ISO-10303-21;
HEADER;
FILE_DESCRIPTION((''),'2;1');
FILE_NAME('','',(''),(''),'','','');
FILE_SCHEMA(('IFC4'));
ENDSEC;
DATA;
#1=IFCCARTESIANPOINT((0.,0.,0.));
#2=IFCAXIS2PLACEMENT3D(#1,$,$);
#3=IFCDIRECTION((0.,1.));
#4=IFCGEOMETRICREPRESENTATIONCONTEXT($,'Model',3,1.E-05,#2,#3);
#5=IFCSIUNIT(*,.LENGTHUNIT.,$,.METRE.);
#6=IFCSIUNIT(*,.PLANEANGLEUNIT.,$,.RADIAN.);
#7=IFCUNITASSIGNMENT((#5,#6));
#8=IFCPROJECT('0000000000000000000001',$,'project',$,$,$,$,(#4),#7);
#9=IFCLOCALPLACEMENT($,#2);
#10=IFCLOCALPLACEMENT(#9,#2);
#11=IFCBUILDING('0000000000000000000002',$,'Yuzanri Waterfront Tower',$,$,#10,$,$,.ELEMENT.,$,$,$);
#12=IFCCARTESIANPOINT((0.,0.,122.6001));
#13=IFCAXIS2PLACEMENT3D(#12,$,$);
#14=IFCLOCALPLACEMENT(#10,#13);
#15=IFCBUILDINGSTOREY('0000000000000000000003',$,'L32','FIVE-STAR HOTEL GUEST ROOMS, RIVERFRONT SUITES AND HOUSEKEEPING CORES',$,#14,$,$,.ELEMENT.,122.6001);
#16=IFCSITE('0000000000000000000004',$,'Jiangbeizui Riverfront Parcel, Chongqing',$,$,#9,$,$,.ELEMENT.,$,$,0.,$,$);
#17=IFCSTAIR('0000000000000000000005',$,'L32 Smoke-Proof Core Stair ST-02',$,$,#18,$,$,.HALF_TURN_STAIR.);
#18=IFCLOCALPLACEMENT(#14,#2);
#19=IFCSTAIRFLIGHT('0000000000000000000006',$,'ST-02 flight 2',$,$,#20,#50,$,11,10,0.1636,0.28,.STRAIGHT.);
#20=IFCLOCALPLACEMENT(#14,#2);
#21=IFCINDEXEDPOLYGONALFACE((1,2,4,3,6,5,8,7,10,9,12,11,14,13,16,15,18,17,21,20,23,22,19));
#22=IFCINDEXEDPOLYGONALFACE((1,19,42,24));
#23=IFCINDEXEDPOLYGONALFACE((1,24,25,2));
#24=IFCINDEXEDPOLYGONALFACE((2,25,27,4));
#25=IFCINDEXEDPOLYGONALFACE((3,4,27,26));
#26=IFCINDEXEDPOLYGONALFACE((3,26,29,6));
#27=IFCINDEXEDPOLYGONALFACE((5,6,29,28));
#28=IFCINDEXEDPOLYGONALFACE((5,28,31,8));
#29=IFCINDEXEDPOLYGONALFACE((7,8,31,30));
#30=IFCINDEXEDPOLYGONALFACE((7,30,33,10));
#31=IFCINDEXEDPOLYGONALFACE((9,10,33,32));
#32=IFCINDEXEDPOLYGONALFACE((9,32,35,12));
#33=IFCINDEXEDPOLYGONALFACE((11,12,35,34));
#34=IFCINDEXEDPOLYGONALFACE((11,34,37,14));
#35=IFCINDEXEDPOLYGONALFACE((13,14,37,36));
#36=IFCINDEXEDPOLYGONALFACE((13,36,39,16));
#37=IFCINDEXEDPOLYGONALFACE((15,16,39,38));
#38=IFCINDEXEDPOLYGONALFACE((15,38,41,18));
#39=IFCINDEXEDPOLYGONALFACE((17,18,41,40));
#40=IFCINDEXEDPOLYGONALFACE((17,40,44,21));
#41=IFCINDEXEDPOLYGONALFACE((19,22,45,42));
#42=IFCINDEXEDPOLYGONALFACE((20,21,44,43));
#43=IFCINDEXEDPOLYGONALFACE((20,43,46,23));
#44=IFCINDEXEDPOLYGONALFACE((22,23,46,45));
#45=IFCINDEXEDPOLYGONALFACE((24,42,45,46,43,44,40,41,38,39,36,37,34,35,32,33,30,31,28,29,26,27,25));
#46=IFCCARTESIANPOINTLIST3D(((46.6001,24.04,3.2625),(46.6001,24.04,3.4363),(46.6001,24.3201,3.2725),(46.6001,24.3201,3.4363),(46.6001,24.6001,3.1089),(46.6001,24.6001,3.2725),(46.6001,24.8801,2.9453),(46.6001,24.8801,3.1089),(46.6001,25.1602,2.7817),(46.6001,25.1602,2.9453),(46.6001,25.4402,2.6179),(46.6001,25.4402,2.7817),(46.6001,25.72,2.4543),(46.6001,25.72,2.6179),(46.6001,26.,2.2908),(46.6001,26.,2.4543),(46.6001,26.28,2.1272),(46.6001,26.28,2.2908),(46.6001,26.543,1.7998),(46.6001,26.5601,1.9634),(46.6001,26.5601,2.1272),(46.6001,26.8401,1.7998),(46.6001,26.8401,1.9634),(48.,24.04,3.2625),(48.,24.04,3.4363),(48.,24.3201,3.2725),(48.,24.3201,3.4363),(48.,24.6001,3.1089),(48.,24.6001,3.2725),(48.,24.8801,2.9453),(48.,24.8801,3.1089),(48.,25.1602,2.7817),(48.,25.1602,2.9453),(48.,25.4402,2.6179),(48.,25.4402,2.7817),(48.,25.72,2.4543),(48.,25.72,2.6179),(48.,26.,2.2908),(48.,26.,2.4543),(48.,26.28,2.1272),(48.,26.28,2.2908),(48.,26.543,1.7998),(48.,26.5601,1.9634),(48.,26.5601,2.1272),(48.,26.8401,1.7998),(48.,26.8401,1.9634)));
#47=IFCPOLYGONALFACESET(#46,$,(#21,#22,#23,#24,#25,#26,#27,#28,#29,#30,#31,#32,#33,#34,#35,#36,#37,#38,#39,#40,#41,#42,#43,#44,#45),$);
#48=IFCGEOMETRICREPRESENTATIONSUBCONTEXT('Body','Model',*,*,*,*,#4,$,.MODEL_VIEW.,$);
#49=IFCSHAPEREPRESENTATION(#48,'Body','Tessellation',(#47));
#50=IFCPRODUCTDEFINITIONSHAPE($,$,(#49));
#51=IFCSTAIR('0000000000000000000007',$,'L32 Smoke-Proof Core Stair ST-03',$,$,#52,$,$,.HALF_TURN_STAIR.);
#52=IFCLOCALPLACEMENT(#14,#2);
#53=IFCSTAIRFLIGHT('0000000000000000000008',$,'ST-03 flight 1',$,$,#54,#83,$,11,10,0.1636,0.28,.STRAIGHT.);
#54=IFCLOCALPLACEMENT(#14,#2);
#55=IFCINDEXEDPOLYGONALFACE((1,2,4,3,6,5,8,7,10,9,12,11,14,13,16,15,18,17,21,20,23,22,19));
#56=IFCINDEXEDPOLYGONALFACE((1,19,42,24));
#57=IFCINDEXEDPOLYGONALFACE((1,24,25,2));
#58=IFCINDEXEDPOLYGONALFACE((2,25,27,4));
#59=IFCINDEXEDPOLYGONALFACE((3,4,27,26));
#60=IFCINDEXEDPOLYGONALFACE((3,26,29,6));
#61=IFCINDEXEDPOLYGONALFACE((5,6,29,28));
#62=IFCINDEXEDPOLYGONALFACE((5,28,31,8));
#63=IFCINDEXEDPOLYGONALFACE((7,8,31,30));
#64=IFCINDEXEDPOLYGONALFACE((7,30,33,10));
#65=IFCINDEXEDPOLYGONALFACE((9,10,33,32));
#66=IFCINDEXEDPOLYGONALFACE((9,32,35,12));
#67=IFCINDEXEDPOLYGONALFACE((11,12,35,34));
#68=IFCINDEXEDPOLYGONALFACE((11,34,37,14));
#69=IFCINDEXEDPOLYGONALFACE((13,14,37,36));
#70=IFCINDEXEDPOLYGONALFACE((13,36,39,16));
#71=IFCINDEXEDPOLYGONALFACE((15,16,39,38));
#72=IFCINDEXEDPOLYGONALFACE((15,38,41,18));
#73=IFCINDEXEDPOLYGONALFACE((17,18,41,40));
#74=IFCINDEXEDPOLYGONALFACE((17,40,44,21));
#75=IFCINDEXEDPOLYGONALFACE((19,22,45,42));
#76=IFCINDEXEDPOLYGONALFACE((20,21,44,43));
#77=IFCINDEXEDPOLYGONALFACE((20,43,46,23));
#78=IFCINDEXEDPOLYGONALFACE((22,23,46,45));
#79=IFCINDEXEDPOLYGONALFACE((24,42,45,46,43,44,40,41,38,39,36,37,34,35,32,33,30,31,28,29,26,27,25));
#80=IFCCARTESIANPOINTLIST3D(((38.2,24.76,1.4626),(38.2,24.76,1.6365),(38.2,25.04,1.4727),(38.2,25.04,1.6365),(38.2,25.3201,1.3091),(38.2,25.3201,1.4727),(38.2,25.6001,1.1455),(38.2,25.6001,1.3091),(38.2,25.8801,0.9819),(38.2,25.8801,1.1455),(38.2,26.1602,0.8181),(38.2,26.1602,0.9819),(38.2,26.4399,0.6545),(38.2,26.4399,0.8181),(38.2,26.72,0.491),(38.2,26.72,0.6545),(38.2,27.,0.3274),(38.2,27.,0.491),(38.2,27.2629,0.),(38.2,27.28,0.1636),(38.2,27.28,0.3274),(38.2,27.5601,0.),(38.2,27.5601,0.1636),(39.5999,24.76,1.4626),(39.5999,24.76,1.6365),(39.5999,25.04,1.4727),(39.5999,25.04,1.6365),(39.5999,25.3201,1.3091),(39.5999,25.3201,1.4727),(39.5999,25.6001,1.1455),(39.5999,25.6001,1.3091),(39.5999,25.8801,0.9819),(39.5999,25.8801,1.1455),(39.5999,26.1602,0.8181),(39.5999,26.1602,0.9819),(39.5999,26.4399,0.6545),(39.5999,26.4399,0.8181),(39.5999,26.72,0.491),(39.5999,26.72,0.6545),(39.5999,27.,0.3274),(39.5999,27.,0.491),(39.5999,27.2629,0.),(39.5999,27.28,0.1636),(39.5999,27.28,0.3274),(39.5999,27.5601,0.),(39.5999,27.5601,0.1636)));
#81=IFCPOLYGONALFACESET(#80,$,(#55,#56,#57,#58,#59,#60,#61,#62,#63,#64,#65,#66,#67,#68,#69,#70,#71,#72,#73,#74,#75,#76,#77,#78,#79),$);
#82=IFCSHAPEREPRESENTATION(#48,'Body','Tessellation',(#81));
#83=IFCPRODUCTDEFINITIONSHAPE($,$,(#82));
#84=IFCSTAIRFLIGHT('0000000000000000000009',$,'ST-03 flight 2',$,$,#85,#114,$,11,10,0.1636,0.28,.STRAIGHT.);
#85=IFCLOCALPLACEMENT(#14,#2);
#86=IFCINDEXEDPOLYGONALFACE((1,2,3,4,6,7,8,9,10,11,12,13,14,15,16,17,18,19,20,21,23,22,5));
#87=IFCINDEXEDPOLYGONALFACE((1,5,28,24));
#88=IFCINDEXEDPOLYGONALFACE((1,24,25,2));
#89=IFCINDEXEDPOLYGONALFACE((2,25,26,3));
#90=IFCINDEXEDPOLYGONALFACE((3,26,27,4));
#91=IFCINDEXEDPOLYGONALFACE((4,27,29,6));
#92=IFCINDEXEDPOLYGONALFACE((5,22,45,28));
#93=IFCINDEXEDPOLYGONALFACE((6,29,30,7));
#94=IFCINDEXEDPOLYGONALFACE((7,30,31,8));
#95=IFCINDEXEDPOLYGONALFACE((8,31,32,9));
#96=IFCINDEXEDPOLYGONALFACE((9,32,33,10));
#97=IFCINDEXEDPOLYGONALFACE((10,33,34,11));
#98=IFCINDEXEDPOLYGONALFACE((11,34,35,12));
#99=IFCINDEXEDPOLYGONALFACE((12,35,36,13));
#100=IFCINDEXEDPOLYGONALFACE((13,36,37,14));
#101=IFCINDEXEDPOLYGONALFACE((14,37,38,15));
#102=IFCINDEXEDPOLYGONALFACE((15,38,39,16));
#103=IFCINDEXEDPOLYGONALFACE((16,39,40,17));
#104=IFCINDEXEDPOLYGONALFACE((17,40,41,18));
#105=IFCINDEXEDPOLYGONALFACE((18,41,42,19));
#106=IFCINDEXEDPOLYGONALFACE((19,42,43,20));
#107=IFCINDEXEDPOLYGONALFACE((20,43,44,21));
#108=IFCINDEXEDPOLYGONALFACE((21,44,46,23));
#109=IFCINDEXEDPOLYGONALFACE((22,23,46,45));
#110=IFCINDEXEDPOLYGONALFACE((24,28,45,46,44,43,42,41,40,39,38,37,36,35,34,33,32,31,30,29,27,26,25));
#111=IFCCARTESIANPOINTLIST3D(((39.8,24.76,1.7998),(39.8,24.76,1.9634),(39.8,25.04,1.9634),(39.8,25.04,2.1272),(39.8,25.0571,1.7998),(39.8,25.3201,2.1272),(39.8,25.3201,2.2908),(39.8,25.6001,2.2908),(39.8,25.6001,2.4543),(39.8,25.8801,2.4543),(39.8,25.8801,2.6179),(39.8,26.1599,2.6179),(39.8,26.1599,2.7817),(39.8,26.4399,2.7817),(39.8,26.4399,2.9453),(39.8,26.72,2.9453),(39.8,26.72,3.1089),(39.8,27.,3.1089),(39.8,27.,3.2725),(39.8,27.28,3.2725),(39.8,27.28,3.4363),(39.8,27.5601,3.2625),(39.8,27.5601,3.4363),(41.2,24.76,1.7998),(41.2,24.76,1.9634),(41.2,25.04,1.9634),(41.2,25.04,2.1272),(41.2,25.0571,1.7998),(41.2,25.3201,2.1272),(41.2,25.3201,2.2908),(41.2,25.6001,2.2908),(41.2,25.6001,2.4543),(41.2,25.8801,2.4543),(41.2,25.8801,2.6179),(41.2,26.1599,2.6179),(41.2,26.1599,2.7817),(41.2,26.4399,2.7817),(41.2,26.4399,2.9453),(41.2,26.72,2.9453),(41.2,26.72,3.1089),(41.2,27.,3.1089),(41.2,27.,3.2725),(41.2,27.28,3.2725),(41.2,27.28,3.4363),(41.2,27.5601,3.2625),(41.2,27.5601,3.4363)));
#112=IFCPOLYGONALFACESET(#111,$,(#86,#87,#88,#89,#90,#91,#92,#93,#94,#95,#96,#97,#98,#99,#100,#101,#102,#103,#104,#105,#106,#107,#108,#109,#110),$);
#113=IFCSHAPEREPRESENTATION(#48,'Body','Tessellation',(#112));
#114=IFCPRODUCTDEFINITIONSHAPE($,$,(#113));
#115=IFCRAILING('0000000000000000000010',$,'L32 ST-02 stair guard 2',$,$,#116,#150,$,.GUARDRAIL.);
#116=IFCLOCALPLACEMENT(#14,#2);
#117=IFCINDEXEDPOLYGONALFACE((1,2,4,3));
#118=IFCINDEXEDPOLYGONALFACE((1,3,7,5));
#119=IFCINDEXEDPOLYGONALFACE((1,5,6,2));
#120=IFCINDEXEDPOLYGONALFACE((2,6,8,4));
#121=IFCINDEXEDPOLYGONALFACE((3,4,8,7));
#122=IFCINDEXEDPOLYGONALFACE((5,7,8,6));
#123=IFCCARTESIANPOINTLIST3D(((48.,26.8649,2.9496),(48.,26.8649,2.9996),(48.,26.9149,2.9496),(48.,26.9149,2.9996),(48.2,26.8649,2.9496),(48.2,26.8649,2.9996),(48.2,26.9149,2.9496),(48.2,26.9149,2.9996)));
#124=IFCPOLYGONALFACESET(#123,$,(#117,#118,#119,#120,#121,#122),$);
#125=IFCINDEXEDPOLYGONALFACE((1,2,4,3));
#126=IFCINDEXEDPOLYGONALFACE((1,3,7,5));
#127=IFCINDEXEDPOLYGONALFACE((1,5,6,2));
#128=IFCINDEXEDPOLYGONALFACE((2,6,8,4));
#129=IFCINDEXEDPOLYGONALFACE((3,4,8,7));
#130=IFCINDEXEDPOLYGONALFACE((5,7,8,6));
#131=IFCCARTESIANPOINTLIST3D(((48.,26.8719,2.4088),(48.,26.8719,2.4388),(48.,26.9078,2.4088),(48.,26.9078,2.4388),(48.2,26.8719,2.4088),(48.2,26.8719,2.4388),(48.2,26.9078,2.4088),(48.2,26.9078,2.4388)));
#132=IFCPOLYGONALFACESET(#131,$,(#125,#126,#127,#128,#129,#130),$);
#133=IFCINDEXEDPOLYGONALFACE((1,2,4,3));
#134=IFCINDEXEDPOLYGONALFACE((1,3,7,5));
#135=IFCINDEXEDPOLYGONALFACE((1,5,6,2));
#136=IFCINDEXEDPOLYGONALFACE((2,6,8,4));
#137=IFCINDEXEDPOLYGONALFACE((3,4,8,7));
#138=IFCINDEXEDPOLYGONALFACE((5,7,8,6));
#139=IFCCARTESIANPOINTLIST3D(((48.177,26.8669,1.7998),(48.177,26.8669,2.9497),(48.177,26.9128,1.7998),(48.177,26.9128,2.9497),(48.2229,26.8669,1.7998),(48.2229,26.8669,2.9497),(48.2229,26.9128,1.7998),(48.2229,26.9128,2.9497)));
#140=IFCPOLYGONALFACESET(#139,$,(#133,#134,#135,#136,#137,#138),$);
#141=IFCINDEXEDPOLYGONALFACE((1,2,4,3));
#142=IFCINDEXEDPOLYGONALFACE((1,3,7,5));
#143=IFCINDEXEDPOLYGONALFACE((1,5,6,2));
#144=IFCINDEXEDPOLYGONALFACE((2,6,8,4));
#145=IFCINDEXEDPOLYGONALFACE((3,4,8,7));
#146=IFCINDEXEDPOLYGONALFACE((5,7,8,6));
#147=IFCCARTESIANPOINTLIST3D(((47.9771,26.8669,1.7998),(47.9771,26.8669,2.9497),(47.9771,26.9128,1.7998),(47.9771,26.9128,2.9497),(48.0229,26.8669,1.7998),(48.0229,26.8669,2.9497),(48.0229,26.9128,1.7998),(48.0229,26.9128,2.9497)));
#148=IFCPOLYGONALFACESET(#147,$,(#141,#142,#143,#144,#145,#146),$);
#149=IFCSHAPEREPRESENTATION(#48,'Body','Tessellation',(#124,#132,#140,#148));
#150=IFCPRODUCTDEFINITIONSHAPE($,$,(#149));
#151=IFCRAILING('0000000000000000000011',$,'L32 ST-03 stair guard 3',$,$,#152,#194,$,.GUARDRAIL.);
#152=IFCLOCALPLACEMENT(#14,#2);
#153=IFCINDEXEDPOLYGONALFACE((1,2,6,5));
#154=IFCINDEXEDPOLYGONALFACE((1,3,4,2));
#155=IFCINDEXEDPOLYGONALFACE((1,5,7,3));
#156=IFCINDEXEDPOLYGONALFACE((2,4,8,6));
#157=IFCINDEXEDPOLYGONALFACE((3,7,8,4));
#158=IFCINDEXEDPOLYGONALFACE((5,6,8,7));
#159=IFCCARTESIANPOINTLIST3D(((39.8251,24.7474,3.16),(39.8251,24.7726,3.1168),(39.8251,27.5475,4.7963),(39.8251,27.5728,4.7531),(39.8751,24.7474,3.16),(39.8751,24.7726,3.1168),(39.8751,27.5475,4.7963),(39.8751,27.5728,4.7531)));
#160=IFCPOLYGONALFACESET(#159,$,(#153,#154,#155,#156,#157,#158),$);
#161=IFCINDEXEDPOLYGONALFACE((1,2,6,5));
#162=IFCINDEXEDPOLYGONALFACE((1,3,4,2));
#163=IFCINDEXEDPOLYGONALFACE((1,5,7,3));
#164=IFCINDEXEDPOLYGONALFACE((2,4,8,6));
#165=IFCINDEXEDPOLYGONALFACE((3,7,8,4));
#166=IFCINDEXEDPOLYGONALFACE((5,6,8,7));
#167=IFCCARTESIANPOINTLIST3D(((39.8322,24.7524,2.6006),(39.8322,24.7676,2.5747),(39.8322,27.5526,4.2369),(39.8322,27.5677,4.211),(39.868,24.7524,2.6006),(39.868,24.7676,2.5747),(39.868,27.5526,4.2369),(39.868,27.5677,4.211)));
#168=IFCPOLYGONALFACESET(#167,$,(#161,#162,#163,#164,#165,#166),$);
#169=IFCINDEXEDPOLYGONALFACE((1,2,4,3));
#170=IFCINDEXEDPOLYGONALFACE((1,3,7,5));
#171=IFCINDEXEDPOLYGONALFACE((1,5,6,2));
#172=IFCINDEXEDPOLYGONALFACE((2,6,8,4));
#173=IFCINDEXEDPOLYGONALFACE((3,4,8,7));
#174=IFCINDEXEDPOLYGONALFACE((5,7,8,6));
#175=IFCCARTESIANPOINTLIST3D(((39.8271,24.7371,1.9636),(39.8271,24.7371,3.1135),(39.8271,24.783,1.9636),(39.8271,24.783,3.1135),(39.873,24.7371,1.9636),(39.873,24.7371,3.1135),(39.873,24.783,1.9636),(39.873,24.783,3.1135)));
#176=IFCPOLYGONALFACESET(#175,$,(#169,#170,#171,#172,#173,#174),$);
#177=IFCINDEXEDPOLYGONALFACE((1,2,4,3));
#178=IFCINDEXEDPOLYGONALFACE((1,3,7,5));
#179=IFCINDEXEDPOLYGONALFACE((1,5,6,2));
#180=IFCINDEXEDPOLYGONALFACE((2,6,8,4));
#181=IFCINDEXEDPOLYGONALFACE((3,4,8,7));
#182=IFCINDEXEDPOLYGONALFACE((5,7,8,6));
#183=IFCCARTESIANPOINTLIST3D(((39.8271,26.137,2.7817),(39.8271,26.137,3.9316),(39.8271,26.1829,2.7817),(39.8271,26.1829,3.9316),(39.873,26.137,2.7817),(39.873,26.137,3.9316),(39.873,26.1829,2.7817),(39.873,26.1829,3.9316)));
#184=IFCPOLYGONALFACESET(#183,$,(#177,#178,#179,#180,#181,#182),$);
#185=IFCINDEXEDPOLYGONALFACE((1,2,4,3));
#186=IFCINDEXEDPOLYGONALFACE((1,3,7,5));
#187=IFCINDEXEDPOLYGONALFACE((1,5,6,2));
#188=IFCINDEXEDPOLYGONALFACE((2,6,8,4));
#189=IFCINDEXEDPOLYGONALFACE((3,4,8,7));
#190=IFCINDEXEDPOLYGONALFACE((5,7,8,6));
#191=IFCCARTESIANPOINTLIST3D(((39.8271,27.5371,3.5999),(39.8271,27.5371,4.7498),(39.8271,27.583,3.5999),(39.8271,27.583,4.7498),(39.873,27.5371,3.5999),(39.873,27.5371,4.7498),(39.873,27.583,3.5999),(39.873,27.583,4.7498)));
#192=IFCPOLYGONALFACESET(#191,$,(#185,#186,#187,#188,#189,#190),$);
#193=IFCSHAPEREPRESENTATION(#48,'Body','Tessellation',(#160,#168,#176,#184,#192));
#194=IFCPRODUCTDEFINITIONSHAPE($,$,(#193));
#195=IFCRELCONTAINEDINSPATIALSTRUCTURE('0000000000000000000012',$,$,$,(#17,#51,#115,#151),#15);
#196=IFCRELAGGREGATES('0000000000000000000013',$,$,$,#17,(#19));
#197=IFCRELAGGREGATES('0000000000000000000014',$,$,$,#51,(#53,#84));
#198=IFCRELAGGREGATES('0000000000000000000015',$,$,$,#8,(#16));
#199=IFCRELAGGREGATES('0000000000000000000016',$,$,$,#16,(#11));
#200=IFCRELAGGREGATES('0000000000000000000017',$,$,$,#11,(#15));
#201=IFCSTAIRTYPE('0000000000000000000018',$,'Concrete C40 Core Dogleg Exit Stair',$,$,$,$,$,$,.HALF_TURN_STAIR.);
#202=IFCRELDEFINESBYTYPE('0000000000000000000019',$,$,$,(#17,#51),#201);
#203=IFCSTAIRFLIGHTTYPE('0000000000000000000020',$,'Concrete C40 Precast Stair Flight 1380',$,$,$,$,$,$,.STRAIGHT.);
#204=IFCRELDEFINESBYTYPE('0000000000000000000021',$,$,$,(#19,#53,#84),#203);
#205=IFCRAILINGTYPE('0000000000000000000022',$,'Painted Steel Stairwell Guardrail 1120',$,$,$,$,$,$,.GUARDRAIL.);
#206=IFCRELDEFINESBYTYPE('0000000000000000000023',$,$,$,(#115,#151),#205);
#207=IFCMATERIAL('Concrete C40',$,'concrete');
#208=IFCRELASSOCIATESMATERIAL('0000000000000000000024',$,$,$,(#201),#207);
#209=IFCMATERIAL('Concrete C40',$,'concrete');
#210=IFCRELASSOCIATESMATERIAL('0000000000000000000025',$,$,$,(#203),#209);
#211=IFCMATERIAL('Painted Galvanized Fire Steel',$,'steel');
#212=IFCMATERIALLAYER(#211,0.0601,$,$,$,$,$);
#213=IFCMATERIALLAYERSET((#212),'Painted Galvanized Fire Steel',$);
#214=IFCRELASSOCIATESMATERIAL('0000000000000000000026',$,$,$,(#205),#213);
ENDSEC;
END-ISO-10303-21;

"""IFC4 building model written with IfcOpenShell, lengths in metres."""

from ifc_helpers import new_model, si_unit, direction, frame, origin, origin_2d, place, context, subcontext, project, spatial, polyline, rectangle, outline, extrude, source, transform, mapped, material, layer, layer_set, type_object, element, aggregate, save


model = new_model("IFC4")

# Units and contexts
model_context = context("Model", 3, precision=1e-05, world=origin(), true_north=direction((0.0, 1.0)))
body_context = subcontext(model_context, "Body", "Model", "MODEL_VIEW")
ifc_project = project(units=[si_unit("LENGTHUNIT", "METRE"), si_unit("PLANEANGLEUNIT", "RADIAN")], contexts=[model_context])

# Site, building, storey
site_placement = place(None, origin())
site = spatial("IfcSite", under=ifc_project, at=site_placement, Name="Jiangbeizui Riverfront Parcel, Chongqing", CompositionType="ELEMENT", RefElevation=0.0)
building_placement = place(site_placement, origin())
building = spatial("IfcBuilding", under=site, at=building_placement, Name="Yuzanri Waterfront Tower", CompositionType="ELEMENT")
storey_placement = place(building_placement, frame((0.0, 0.0, 122.6001)))
storey = spatial("IfcBuildingStorey", under=building, at=storey_placement, Name="L32", Description="FIVE-STAR HOTEL GUEST ROOMS, RIVERFRONT SUITES AND HOUSEKEEPING CORES", CompositionType="ELEMENT", Elevation=122.6001)

# Stair, stair flight
ifc_material_1 = material(Name="Concrete C40", Category="concrete")
stair_type = type_object("IfcStairType", Name="Concrete C40 Core Dogleg Exit Stair", PredefinedType="HALF_TURN_STAIR", material=ifc_material_1)
stair_1_placement = place(storey_placement, origin())
stair_1 = element("IfcStair", 1, at=stair_1_placement, inside=storey, type_object=stair_type, Name="L32 Smoke-Proof Core Stair ST-02", PredefinedType="HALF_TURN_STAIR")
ifc_material_2 = material(Name="Concrete C40", Category="concrete")
stair_flight_type = type_object("IfcStairFlightType", Name="Concrete C40 Precast Stair Flight 1380", PredefinedType="STRAIGHT", material=ifc_material_2)
shared_shape_1 = source(origin(), body_context, "Body", "SweptSolid", [
    extrude(outline(polyline([(0.0, 0.0), (0.0, 0.1636), (0.28, 0.1636), (0.28, 0.3274), (0.5601, 0.3274), (0.5601, 0.491), (0.8401, 0.491), (0.8401, 0.6545), (1.1201, 0.6545), (1.1201, 0.8181), (1.3999, 0.8181), (1.3999, 0.9819), (1.6799, 0.9819), (1.6799, 1.1455), (1.96, 1.1455), (1.96, 1.3091), (2.24, 1.3091), (2.24, 1.4727), (2.52, 1.4727), (2.52, 1.6365), (2.8, 1.6365), (2.8, 1.8), (2.8, 1.4626), (0.2971, 0.0), (0.0, 0.0)])), frame((0.0, 0.7, 0.0), z_axis=(0.0, -1.0, 0.0), x_axis=(1.0, 0.0, 0.0)), (0.0, 0.0, 1.0), 1.3999),
])
stair_flight_1_placement = place(storey_placement, frame((47.3, 26.8401, 1.7998), z_axis=(0.0, 0.0, 1.0), x_axis=(0.0, -1.0, 0.0)))
stair_flight_1 = element("IfcStairFlight", 2, at=stair_flight_1_placement, type_object=stair_flight_type, Name="ST-02 flight 2", NumberOfRisers=11, NumberOfTreads=10, PredefinedType="STRAIGHT", RiserHeight=0.1636, TreadLength=0.28, context=body_context, shape_type="MappedRepresentation", body=[
    mapped(shared_shape_1, transform((0.0, 0.0, 0.0), scale=1.0)),
])
aggregate(stair_1, [stair_flight_1])

# Stair, stair flights
stair_2_placement = place(storey_placement, origin())
stair_2 = element("IfcStair", 3, at=stair_2_placement, inside=storey, type_object=stair_type, Name="L32 Smoke-Proof Core Stair ST-03", PredefinedType="HALF_TURN_STAIR")
stair_flight_2_placement = place(storey_placement, frame((38.8999, 27.5601, 0.0), z_axis=(0.0, 0.0, 1.0), x_axis=(0.0, -1.0, 0.0)))
stair_flight_2 = element("IfcStairFlight", 4, at=stair_flight_2_placement, type_object=stair_flight_type, Name="ST-03 flight 1", NumberOfRisers=11, NumberOfTreads=10, PredefinedType="STRAIGHT", RiserHeight=0.1636, TreadLength=0.28, context=body_context, shape_type="MappedRepresentation", body=[
    mapped(shared_shape_1, transform((0.0, 0.0, 0.0), scale=1.0)),
])
stair_flight_3_placement = place(storey_placement, frame((40.5, 24.76, 1.7998), z_axis=(0.0, 0.0, 1.0), x_axis=(0.0, 1.0, 0.0)))
stair_flight_3 = element("IfcStairFlight", 5, at=stair_flight_3_placement, type_object=stair_flight_type, Name="ST-03 flight 2", NumberOfRisers=11, NumberOfTreads=10, PredefinedType="STRAIGHT", RiserHeight=0.1636, TreadLength=0.28, context=body_context, shape_type="MappedRepresentation", body=[
    mapped(shared_shape_1, transform((0.0, 0.0, 0.0), scale=1.0)),
])
aggregate(stair_2, [stair_flight_2, stair_flight_3])

# Railings
ifc_material_3 = material(Name="Painted Galvanized Fire Steel", Category="steel")
ifc_layer_1 = layer(ifc_material_3, 0.0601)
ifc_layer_set_1 = layer_set([ifc_layer_1], Name="Painted Galvanized Fire Steel")
railing_type_1 = type_object("IfcRailingType", Name="Painted Steel Stairwell Guardrail 1120", PredefinedType="GUARDRAIL", material=ifc_layer_set_1)
shared_shape_2 = source(origin(), body_context, "Body", "SweptSolid", [
    extrude(rectangle(XDim=0.05, YDim=0.05, at=origin_2d()), frame((0.0, 0.0, 1.1748), z_axis=(-1.0, 0.0, 0.0), x_axis=(0.0, -1.0, 0.0)), (0.0, 0.0, 1.0), 0.2),
    extrude(rectangle(XDim=0.0359, YDim=0.03, at=origin_2d()), frame((0.0, 0.0, 0.624), z_axis=(-1.0, 0.0, 0.0), x_axis=(0.0, -1.0, 0.0)), (0.0, 0.0, 1.0), 0.2),
    extrude(rectangle(XDim=0.0459, YDim=0.0459, at=origin_2d()), origin(), (0.0, 0.0, 1.0), 1.1499),
    extrude(rectangle(XDim=0.0459, YDim=0.0459, at=origin_2d()), frame((-0.2, 0.0, 0.0)), (0.0, 0.0, 1.0), 1.1499),
])
railing_1_placement = place(storey_placement, frame((48.2, 26.8899, 1.7998)))
element("IfcRailing", 6, at=railing_1_placement, inside=storey, type_object=railing_type_1, Name="L32 ST-02 stair guard 2", PredefinedType="GUARDRAIL", context=body_context, shape_type="MappedRepresentation", body=[
    mapped(shared_shape_2, transform((0.0, 0.0, 0.0), scale=1.0)),
])
shared_shape_3 = source(origin(), body_context, "Body", "SweptSolid", [
    extrude(rectangle(XDim=0.05, YDim=0.05, at=origin_2d()), frame((0.0, 0.0, 1.1748), z_axis=(0.0, 0.863394, 0.504531), x_axis=(-1.0, 0.0, 0.0)), (0.0, 0.0, 1.0), 3.2432),
    extrude(rectangle(XDim=0.0359, YDim=0.03, at=origin_2d()), frame((0.0, 0.0, 0.624), z_axis=(0.0, 0.863394, 0.504531), x_axis=(-1.0, 0.0, 0.0)), (0.0, 0.0, 1.0), 3.2432),
    extrude(rectangle(XDim=0.0459, YDim=0.0459, at=origin_2d()), origin(), (0.0, 0.0, 1.0), 1.1499),
    extrude(rectangle(XDim=0.0459, YDim=0.0459, at=origin_2d()), frame((0.0, 1.3999, 0.8181)), (0.0, 0.0, 1.0), 1.1499),
    extrude(rectangle(XDim=0.0459, YDim=0.0459, at=origin_2d()), frame((0.0, 2.8, 1.6362)), (0.0, 0.0, 1.0), 1.1499),
])
railing_2_placement = place(storey_placement, frame((39.8501, 24.76, 1.9636)))
element("IfcRailing", 7, at=railing_2_placement, inside=storey, type_object=railing_type_1, Name="L32 ST-03 stair guard 3", PredefinedType="GUARDRAIL", context=body_context, shape_type="MappedRepresentation", body=[
    mapped(shared_shape_3, transform((0.0, 0.0, 0.0), scale=1.0)),
])

save(model, "model.ifc")
